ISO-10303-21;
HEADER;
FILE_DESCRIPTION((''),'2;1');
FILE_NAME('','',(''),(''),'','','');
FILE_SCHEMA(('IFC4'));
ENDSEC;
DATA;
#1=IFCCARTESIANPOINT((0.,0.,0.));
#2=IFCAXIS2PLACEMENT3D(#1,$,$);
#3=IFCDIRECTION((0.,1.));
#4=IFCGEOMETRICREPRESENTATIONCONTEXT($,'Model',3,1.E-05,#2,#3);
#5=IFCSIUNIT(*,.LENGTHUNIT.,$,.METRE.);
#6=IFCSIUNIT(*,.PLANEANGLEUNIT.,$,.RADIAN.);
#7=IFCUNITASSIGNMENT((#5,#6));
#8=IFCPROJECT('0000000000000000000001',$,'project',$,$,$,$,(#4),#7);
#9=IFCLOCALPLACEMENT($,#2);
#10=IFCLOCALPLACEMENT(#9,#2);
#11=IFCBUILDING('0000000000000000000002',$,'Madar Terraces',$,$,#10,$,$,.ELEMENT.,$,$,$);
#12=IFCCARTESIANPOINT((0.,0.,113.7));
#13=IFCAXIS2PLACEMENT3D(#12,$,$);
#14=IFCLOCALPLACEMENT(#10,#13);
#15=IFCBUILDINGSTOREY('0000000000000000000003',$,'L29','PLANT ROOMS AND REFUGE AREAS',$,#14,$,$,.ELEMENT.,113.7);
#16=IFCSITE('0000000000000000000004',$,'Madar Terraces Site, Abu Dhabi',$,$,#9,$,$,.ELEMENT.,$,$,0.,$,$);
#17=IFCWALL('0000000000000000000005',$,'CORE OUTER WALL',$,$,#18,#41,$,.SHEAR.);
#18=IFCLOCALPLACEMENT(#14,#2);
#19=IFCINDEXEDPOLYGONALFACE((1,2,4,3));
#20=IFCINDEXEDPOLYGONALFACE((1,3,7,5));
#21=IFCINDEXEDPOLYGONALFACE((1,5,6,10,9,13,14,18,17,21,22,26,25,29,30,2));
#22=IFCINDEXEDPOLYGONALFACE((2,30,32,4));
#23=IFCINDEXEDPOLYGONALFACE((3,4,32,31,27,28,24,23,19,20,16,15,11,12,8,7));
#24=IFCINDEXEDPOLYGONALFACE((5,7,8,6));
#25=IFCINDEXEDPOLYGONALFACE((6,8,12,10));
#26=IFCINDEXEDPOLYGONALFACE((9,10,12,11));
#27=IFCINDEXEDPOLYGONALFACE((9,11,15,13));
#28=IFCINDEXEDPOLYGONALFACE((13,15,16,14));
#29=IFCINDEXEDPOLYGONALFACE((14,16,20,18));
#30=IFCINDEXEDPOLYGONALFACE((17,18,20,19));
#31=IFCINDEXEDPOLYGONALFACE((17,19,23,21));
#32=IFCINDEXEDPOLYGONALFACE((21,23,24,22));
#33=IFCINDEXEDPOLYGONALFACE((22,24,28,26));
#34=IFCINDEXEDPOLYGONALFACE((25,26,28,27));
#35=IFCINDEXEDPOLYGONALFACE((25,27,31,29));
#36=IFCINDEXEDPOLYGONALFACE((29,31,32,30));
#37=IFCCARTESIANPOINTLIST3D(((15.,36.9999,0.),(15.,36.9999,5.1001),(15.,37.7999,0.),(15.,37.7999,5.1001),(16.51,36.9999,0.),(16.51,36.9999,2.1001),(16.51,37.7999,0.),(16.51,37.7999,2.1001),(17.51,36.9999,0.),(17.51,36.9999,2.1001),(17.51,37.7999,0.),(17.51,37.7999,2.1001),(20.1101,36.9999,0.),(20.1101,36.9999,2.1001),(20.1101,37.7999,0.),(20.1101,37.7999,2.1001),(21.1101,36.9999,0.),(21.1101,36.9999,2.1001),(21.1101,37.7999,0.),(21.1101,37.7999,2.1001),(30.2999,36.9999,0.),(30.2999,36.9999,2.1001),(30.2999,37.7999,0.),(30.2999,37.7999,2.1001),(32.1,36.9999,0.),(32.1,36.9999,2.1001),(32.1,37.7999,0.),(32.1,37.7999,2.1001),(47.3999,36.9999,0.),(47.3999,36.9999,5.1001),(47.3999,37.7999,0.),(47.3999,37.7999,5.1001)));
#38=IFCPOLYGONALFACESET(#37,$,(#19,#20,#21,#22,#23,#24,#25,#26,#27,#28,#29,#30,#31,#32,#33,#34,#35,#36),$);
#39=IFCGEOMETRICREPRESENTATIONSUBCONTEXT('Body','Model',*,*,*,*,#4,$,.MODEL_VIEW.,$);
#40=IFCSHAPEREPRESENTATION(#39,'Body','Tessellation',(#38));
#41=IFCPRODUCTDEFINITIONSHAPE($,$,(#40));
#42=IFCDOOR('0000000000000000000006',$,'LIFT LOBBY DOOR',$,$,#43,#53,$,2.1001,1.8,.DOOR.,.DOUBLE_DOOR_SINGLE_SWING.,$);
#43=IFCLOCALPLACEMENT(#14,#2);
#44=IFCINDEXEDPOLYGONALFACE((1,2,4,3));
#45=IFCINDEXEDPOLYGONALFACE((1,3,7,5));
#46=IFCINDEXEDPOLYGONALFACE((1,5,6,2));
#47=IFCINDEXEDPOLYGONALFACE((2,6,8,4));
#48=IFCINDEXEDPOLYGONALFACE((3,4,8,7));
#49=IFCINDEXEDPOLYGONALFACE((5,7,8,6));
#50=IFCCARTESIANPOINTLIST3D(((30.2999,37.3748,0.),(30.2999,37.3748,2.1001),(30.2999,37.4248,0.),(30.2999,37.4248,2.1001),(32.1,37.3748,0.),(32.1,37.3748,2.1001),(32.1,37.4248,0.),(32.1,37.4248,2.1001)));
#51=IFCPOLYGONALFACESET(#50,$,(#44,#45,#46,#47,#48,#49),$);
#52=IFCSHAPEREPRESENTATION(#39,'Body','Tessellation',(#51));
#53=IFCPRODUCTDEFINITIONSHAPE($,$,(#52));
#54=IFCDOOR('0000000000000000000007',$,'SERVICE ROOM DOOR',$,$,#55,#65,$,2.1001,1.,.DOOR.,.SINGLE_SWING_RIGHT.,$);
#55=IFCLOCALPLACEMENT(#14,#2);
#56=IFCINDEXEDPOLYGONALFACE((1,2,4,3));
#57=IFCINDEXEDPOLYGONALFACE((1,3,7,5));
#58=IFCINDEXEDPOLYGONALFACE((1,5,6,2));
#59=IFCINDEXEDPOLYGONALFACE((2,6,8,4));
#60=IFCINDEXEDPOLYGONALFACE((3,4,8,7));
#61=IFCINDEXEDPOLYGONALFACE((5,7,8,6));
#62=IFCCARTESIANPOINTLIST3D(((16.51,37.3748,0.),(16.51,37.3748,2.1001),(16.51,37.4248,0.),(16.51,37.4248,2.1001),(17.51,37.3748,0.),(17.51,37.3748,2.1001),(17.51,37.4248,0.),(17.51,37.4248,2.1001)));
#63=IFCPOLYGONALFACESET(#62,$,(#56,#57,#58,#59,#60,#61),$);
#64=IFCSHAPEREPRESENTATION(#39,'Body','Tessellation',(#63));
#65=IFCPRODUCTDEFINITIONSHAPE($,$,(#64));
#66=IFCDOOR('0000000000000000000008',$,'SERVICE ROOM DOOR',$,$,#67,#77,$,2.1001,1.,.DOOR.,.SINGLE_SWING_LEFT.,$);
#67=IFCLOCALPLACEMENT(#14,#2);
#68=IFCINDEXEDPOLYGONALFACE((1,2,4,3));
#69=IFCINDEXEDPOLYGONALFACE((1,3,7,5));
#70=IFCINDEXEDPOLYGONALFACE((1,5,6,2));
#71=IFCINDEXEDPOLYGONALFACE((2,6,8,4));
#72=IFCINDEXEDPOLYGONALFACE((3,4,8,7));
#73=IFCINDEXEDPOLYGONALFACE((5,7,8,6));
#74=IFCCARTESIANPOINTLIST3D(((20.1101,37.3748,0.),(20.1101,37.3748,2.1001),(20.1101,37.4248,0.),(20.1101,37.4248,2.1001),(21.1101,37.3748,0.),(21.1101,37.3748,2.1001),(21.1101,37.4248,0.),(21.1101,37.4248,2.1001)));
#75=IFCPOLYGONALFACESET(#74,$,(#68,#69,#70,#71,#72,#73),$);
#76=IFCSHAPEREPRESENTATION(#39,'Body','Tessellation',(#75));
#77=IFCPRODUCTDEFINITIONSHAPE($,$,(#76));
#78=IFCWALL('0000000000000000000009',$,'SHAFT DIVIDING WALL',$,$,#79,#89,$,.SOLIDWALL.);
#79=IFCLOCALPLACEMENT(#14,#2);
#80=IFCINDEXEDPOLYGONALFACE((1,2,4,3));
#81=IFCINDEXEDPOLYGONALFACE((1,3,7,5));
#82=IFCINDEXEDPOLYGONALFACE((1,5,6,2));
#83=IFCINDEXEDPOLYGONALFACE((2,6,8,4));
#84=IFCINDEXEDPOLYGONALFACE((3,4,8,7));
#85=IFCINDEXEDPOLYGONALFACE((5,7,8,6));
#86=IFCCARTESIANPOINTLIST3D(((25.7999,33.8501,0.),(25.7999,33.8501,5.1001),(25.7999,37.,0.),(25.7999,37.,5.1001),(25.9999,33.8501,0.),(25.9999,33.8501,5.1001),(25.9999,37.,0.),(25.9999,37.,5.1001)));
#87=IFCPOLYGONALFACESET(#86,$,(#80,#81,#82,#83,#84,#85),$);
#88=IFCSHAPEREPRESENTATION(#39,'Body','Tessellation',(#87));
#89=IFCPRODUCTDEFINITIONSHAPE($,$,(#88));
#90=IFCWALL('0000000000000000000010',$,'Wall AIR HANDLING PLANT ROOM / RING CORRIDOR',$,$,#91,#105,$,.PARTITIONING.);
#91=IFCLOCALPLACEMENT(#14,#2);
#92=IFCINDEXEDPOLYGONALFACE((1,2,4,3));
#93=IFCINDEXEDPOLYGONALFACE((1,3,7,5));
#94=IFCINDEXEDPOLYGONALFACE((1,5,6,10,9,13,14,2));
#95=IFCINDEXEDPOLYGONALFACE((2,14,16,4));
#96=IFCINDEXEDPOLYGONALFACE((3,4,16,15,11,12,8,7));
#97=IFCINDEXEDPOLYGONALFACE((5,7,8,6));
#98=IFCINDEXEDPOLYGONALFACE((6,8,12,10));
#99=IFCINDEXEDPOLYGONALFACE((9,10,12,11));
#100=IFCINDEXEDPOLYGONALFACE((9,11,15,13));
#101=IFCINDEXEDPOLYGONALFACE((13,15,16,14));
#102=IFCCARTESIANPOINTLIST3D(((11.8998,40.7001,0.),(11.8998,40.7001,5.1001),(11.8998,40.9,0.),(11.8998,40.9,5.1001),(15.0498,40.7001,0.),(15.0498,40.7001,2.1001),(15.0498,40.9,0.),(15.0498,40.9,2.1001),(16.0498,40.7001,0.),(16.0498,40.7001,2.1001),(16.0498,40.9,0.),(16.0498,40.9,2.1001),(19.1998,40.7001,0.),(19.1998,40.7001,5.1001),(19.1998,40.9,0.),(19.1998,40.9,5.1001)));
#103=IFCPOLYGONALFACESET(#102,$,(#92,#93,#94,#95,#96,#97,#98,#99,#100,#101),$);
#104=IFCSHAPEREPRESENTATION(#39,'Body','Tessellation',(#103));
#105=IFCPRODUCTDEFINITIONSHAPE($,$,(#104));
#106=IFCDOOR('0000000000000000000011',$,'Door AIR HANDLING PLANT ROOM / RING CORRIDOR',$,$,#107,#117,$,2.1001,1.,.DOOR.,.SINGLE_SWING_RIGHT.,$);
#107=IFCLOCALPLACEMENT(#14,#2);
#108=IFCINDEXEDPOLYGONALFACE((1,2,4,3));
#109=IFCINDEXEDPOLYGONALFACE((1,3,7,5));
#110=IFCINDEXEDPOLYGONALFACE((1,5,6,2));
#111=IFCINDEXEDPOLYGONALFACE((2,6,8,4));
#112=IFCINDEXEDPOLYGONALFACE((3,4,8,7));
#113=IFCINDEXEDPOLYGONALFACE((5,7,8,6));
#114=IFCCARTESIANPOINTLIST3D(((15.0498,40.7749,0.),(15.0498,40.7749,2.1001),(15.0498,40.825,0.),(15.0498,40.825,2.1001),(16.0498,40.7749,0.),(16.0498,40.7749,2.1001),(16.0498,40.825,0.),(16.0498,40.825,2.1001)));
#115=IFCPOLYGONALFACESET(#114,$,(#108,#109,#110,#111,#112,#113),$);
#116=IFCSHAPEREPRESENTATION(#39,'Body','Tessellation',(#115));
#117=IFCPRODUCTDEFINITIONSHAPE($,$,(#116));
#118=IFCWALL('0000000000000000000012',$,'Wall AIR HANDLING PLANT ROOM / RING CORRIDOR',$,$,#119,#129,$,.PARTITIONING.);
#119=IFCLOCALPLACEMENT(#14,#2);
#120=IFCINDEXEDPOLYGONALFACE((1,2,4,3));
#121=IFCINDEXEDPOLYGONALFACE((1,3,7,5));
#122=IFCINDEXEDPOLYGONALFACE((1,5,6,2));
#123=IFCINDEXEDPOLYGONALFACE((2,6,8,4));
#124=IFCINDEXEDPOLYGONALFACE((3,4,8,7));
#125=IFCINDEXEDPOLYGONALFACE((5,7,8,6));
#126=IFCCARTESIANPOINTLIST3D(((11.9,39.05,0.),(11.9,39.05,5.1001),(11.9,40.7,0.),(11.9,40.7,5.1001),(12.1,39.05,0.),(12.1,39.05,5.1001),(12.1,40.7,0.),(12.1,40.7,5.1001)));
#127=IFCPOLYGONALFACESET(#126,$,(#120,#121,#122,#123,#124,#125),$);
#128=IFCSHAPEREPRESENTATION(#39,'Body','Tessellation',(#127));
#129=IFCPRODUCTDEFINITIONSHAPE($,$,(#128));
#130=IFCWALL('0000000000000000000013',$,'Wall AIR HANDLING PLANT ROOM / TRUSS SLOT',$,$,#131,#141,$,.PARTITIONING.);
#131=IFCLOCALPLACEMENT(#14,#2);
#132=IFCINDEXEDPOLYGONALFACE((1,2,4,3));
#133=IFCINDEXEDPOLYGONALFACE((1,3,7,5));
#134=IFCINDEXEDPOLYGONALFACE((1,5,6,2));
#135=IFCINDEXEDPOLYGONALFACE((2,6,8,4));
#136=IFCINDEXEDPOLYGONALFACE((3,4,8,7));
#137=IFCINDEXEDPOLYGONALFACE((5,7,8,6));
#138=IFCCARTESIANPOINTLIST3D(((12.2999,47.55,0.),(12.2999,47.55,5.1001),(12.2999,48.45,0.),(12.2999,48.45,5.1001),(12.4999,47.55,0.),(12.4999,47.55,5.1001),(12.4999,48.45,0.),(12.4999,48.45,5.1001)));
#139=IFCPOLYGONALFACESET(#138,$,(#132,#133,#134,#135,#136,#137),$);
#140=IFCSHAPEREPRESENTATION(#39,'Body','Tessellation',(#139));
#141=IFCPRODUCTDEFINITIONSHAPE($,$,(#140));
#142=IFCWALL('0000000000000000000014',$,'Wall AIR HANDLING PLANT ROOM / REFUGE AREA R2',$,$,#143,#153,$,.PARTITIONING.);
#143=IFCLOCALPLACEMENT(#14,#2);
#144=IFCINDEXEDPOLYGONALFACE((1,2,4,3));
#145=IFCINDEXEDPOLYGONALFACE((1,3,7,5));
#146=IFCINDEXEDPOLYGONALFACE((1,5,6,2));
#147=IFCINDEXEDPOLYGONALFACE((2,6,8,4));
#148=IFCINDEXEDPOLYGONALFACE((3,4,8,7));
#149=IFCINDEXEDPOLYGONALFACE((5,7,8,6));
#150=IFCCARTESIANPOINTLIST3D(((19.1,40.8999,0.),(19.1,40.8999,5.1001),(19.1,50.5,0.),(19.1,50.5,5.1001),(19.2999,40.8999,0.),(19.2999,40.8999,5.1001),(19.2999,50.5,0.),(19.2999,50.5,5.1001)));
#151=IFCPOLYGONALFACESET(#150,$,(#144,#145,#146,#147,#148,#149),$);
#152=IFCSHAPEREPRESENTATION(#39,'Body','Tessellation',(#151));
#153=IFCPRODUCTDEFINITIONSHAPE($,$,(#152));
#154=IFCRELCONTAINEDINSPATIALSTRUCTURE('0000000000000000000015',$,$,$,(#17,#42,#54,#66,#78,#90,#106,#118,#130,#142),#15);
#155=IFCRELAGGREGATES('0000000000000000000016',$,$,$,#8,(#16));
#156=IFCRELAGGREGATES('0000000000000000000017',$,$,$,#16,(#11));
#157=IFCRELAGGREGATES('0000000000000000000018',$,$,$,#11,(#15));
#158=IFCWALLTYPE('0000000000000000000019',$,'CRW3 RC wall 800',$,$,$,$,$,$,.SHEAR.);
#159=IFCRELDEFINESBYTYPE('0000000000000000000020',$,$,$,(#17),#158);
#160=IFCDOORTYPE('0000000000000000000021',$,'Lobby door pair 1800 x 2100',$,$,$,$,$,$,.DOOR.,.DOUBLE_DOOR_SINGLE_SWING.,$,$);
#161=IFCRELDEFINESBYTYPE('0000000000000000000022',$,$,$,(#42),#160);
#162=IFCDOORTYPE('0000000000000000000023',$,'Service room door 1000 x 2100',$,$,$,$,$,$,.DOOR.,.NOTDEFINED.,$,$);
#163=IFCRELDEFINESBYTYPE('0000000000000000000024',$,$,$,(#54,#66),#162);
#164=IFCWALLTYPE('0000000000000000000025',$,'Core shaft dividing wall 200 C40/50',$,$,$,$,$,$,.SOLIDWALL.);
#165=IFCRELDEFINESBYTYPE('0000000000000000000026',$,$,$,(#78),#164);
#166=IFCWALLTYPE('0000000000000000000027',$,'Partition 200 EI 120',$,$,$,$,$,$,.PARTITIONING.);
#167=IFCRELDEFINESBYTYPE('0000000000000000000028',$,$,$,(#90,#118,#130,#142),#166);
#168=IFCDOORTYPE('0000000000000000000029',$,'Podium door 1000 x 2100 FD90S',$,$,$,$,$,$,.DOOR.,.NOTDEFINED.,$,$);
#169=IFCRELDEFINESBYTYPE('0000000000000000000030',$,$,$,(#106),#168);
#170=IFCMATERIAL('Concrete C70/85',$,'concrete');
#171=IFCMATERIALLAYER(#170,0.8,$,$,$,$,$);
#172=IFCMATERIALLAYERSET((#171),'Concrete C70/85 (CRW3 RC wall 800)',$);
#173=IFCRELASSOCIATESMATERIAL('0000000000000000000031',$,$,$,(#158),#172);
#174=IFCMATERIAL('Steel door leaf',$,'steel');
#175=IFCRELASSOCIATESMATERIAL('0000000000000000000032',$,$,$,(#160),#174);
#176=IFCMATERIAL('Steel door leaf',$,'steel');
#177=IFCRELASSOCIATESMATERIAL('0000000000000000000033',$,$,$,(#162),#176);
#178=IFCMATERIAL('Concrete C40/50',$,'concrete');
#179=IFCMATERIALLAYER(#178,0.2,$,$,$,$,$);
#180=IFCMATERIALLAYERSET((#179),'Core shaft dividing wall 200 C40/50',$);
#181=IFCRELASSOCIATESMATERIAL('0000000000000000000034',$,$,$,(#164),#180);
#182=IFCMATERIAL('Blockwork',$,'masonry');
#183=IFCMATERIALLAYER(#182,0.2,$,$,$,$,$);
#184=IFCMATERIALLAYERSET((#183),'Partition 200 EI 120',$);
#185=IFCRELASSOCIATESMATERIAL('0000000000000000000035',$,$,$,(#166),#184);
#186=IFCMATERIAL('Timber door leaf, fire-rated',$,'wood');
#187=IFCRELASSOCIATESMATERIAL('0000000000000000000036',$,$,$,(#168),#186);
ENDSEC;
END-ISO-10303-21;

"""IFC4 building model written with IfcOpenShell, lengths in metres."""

from ifc_helpers import new_model, si_unit, direction, frame, frame_2d, origin, place, context, subcontext, project, spatial, rectangle, extrude, material, layer, layer_set, type_object, element, fill, save


model = new_model("IFC4")

# Units and contexts
model_context = context("Model", 3, precision=1e-05, world=origin(), true_north=direction((0.0, 1.0)))
body_context = subcontext(model_context, "Body", "Model", "MODEL_VIEW")
ifc_project = project(units=[si_unit("LENGTHUNIT", "METRE"), si_unit("PLANEANGLEUNIT", "RADIAN")], contexts=[model_context])

# Site, building, storey
site_placement = place(None, origin())
site = spatial("IfcSite", under=ifc_project, at=site_placement, Name="Madar Terraces Site, Abu Dhabi", CompositionType="ELEMENT", RefElevation=0.0)
building_placement = place(site_placement, origin())
building = spatial("IfcBuilding", under=site, at=building_placement, Name="Madar Terraces", CompositionType="ELEMENT")
storey_placement = place(building_placement, frame((0.0, 0.0, 113.7)))
storey = spatial("IfcBuildingStorey", under=building, at=storey_placement, Name="L29", Description="PLANT ROOMS AND REFUGE AREAS", CompositionType="ELEMENT", Elevation=113.7)

# Wall, openings, doors
ifc_material_1 = material(Name="Concrete C70/85", Category="concrete")
ifc_layer_1 = layer(ifc_material_1, 0.8)
ifc_layer_set_1 = layer_set([ifc_layer_1], Name="Concrete C70/85 (CRW3 RC wall 800)")
wall_type_1 = type_object("IfcWallType", Name="CRW3 RC wall 800", PredefinedType="SHEAR", material=ifc_layer_set_1)
wall_1_placement = place(storey_placement, frame((15.0, 37.3999, 0.0), z_axis=(0.0, 0.0, 1.0), x_axis=(1.0, 0.0, 0.0)))
wall_1 = element("IfcWall", 1, at=wall_1_placement, inside=storey, type_object=wall_type_1, Name="CORE OUTER WALL", PredefinedType="SHEAR", context=body_context, shape_type="SweptSolid", body=[
    extrude(rectangle(XDim=32.3999, YDim=0.8, at=frame_2d((16.2, 0.0))), origin(), (0.0, 0.0, 1.0), 5.1001),
])
opening_1_placement = place(wall_1_placement, frame((15.3, 0.0, 0.0)))
opening_1 = element("IfcOpeningElement", 2, at=opening_1_placement, cuts=wall_1, PredefinedType="OPENING", context=body_context, shape_type="SweptSolid", body=[
    extrude(rectangle(XDim=1.8, YDim=2.1001, at=frame_2d((0.8999, 1.05))), frame((0.0, 0.4099, 0.0), z_axis=(0.0, -1.0, 0.0), x_axis=(1.0, 0.0, 0.0)), (0.0, 0.0, 1.0), 0.8201),
])
opening_2_placement = place(wall_1_placement, frame((1.51, 0.0, 0.0)))
opening_2 = element("IfcOpeningElement", 3, at=opening_2_placement, cuts=wall_1, PredefinedType="OPENING", context=body_context, shape_type="SweptSolid", body=[
    extrude(rectangle(XDim=1.0, YDim=2.1001, at=frame_2d((0.5, 1.05))), frame((0.0, 0.4099, 0.0), z_axis=(0.0, -1.0, 0.0), x_axis=(1.0, 0.0, 0.0)), (0.0, 0.0, 1.0), 0.8201),
])
opening_3_placement = place(wall_1_placement, frame((5.1101, 0.0, 0.0)))
opening_3 = element("IfcOpeningElement", 4, at=opening_3_placement, cuts=wall_1, PredefinedType="OPENING", context=body_context, shape_type="SweptSolid", body=[
    extrude(rectangle(XDim=1.0, YDim=2.1001, at=frame_2d((0.5, 1.05))), frame((0.0, 0.4099, 0.0), z_axis=(0.0, -1.0, 0.0), x_axis=(1.0, 0.0, 0.0)), (0.0, 0.0, 1.0), 0.8201),
])
ifc_material_2 = material(Name="Steel door leaf", Category="steel")
door_type_1 = type_object("IfcDoorType", Name="Lobby door pair 1800 x 2100", OperationType="DOUBLE_DOOR_SINGLE_SWING", PredefinedType="DOOR", material=ifc_material_2)
door_1_placement = place(opening_1_placement, origin())
door_1 = element("IfcDoor", 5, at=door_1_placement, inside=storey, type_object=door_type_1, Name="LIFT LOBBY DOOR", OperationType="DOUBLE_DOOR_SINGLE_SWING", OverallHeight=2.1001, OverallWidth=1.8, PredefinedType="DOOR", context=body_context, shape_type="SweptSolid", body=[
    extrude(rectangle(XDim=1.8, YDim=2.1001, at=frame_2d((0.8999, 1.05))), frame((0.0, 0.0249, 0.0), z_axis=(0.0, -1.0, 0.0), x_axis=(1.0, 0.0, 0.0)), (0.0, 0.0, 1.0), 0.05),
])
fill(opening_1, door_1)
ifc_material_3 = material(Name="Steel door leaf", Category="steel")
door_type_2 = type_object("IfcDoorType", Name="Service room door 1000 x 2100", OperationType="NOTDEFINED", PredefinedType="DOOR", material=ifc_material_3)
door_2_placement = place(opening_2_placement, origin())
door_2 = element("IfcDoor", 6, at=door_2_placement, inside=storey, type_object=door_type_2, Name="SERVICE ROOM DOOR", OperationType="SINGLE_SWING_RIGHT", OverallHeight=2.1001, OverallWidth=1.0, PredefinedType="DOOR", context=body_context, shape_type="SweptSolid", body=[
    extrude(rectangle(XDim=1.0, YDim=2.1001, at=frame_2d((0.5, 1.05))), frame((0.0, 0.0249, 0.0), z_axis=(0.0, -1.0, 0.0), x_axis=(1.0, 0.0, 0.0)), (0.0, 0.0, 1.0), 0.05),
])
fill(opening_2, door_2)
door_3_placement = place(opening_3_placement, origin())
door_3 = element("IfcDoor", 7, at=door_3_placement, inside=storey, type_object=door_type_2, Name="SERVICE ROOM DOOR", OperationType="SINGLE_SWING_LEFT", OverallHeight=2.1001, OverallWidth=1.0, PredefinedType="DOOR", context=body_context, shape_type="SweptSolid", body=[
    extrude(rectangle(XDim=1.0, YDim=2.1001, at=frame_2d((0.5, 1.05))), frame((0.0, 0.0249, 0.0), z_axis=(0.0, -1.0, 0.0), x_axis=(1.0, 0.0, 0.0)), (0.0, 0.0, 1.0), 0.05),
])
fill(opening_3, door_3)

# Wall
ifc_material_4 = material(Name="Concrete C40/50", Category="concrete")
ifc_layer_2 = layer(ifc_material_4, 0.2)
ifc_layer_set_2 = layer_set([ifc_layer_2], Name="Core shaft dividing wall 200 C40/50")
wall_type_2 = type_object("IfcWallType", Name="Core shaft dividing wall 200 C40/50", PredefinedType="SOLIDWALL", material=ifc_layer_set_2)
wall_2_placement = place(storey_placement, frame((25.8999, 33.8501, 0.0), z_axis=(0.0, 0.0, 1.0), x_axis=(0.0, 1.0, 0.0)))
element("IfcWall", 8, at=wall_2_placement, inside=storey, type_object=wall_type_2, Name="SHAFT DIVIDING WALL", PredefinedType="SOLIDWALL", context=body_context, shape_type="SweptSolid", body=[
    extrude(rectangle(XDim=3.1499, YDim=0.2, at=frame_2d((1.575, 0.0))), origin(), (0.0, 0.0, 1.0), 5.1001),
])

# Wall, opening, door
ifc_material_5 = material(Name="Blockwork", Category="masonry")
ifc_layer_3 = layer(ifc_material_5, 0.2)
ifc_layer_set_3 = layer_set([ifc_layer_3], Name="Partition 200 EI 120")
wall_type_3 = type_object("IfcWallType", Name="Partition 200 EI 120", PredefinedType="PARTITIONING", material=ifc_layer_set_3)
wall_3_placement = place(storey_placement, frame((11.8999, 40.8, 0.0), z_axis=(0.0, 0.0, 1.0), x_axis=(1.0, 0.0, 0.0)))
wall_3 = element("IfcWall", 9, at=wall_3_placement, inside=storey, type_object=wall_type_3, Name="Wall AIR HANDLING PLANT ROOM / RING CORRIDOR", PredefinedType="PARTITIONING", context=body_context, shape_type="SweptSolid", body=[
    extrude(rectangle(XDim=7.3, YDim=0.2, at=frame_2d((3.6499, 0.0))), origin(), (0.0, 0.0, 1.0), 5.1001),
])
opening_4_placement = place(wall_3_placement, frame((3.1499, 0.0, 0.0)))
opening_4 = element("IfcOpeningElement", 10, at=opening_4_placement, cuts=wall_3, PredefinedType="OPENING", context=body_context, shape_type="SweptSolid", body=[
    extrude(rectangle(XDim=1.0, YDim=2.1001, at=frame_2d((0.5, 1.05))), frame((0.0, 0.1099, 0.0), z_axis=(0.0, -1.0, 0.0), x_axis=(1.0, 0.0, 0.0)), (0.0, 0.0, 1.0), 0.22),
])
ifc_material_6 = material(Name="Timber door leaf, fire-rated", Category="wood")
door_type_3 = type_object("IfcDoorType", Name="Podium door 1000 x 2100 FD90S", OperationType="NOTDEFINED", PredefinedType="DOOR", material=ifc_material_6)
door_4_placement = place(opening_4_placement, origin())
door_4 = element("IfcDoor", 11, at=door_4_placement, inside=storey, type_object=door_type_3, Name="Door AIR HANDLING PLANT ROOM / RING CORRIDOR", OperationType="SINGLE_SWING_RIGHT", OverallHeight=2.1001, OverallWidth=1.0, PredefinedType="DOOR", context=body_context, shape_type="SweptSolid", body=[
    extrude(rectangle(XDim=1.0, YDim=2.1001, at=frame_2d((0.5, 1.05))), frame((0.0, 0.0249, 0.0), z_axis=(0.0, -1.0, 0.0), x_axis=(1.0, 0.0, 0.0)), (0.0, 0.0, 1.0), 0.05),
])
fill(opening_4, door_4)

# Walls
wall_4_placement = place(storey_placement, frame((12.0, 39.05, 0.0), z_axis=(0.0, 0.0, 1.0), x_axis=(0.0, 1.0, 0.0)))
element("IfcWall", 12, at=wall_4_placement, inside=storey, type_object=wall_type_3, Name="Wall AIR HANDLING PLANT ROOM / RING CORRIDOR", PredefinedType="PARTITIONING", context=body_context, shape_type="SweptSolid", body=[
    extrude(rectangle(XDim=1.6499, YDim=0.2, at=frame_2d((0.825, 0.0))), origin(), (0.0, 0.0, 1.0), 5.1001),
])
wall_5_placement = place(storey_placement, frame((12.3999, 47.55, 0.0), z_axis=(0.0, 0.0, 1.0), x_axis=(0.0, 1.0, 0.0)))
element("IfcWall", 13, at=wall_5_placement, inside=storey, type_object=wall_type_3, Name="Wall AIR HANDLING PLANT ROOM / TRUSS SLOT", PredefinedType="PARTITIONING", context=body_context, shape_type="SweptSolid", body=[
    extrude(rectangle(XDim=0.8999, YDim=0.2, at=frame_2d((0.45, 0.0))), origin(), (0.0, 0.0, 1.0), 5.1001),
])
wall_6_placement = place(storey_placement, frame((19.2, 40.8999, 0.0), z_axis=(0.0, 0.0, 1.0), x_axis=(0.0, 1.0, 0.0)))
element("IfcWall", 14, at=wall_6_placement, inside=storey, type_object=wall_type_3, Name="Wall AIR HANDLING PLANT ROOM / REFUGE AREA R2", PredefinedType="PARTITIONING", context=body_context, shape_type="SweptSolid", body=[
    extrude(rectangle(XDim=9.6001, YDim=0.2, at=frame_2d((4.8, 0.0))), origin(), (0.0, 0.0, 1.0), 5.1001),
])

save(model, "model.ifc")
